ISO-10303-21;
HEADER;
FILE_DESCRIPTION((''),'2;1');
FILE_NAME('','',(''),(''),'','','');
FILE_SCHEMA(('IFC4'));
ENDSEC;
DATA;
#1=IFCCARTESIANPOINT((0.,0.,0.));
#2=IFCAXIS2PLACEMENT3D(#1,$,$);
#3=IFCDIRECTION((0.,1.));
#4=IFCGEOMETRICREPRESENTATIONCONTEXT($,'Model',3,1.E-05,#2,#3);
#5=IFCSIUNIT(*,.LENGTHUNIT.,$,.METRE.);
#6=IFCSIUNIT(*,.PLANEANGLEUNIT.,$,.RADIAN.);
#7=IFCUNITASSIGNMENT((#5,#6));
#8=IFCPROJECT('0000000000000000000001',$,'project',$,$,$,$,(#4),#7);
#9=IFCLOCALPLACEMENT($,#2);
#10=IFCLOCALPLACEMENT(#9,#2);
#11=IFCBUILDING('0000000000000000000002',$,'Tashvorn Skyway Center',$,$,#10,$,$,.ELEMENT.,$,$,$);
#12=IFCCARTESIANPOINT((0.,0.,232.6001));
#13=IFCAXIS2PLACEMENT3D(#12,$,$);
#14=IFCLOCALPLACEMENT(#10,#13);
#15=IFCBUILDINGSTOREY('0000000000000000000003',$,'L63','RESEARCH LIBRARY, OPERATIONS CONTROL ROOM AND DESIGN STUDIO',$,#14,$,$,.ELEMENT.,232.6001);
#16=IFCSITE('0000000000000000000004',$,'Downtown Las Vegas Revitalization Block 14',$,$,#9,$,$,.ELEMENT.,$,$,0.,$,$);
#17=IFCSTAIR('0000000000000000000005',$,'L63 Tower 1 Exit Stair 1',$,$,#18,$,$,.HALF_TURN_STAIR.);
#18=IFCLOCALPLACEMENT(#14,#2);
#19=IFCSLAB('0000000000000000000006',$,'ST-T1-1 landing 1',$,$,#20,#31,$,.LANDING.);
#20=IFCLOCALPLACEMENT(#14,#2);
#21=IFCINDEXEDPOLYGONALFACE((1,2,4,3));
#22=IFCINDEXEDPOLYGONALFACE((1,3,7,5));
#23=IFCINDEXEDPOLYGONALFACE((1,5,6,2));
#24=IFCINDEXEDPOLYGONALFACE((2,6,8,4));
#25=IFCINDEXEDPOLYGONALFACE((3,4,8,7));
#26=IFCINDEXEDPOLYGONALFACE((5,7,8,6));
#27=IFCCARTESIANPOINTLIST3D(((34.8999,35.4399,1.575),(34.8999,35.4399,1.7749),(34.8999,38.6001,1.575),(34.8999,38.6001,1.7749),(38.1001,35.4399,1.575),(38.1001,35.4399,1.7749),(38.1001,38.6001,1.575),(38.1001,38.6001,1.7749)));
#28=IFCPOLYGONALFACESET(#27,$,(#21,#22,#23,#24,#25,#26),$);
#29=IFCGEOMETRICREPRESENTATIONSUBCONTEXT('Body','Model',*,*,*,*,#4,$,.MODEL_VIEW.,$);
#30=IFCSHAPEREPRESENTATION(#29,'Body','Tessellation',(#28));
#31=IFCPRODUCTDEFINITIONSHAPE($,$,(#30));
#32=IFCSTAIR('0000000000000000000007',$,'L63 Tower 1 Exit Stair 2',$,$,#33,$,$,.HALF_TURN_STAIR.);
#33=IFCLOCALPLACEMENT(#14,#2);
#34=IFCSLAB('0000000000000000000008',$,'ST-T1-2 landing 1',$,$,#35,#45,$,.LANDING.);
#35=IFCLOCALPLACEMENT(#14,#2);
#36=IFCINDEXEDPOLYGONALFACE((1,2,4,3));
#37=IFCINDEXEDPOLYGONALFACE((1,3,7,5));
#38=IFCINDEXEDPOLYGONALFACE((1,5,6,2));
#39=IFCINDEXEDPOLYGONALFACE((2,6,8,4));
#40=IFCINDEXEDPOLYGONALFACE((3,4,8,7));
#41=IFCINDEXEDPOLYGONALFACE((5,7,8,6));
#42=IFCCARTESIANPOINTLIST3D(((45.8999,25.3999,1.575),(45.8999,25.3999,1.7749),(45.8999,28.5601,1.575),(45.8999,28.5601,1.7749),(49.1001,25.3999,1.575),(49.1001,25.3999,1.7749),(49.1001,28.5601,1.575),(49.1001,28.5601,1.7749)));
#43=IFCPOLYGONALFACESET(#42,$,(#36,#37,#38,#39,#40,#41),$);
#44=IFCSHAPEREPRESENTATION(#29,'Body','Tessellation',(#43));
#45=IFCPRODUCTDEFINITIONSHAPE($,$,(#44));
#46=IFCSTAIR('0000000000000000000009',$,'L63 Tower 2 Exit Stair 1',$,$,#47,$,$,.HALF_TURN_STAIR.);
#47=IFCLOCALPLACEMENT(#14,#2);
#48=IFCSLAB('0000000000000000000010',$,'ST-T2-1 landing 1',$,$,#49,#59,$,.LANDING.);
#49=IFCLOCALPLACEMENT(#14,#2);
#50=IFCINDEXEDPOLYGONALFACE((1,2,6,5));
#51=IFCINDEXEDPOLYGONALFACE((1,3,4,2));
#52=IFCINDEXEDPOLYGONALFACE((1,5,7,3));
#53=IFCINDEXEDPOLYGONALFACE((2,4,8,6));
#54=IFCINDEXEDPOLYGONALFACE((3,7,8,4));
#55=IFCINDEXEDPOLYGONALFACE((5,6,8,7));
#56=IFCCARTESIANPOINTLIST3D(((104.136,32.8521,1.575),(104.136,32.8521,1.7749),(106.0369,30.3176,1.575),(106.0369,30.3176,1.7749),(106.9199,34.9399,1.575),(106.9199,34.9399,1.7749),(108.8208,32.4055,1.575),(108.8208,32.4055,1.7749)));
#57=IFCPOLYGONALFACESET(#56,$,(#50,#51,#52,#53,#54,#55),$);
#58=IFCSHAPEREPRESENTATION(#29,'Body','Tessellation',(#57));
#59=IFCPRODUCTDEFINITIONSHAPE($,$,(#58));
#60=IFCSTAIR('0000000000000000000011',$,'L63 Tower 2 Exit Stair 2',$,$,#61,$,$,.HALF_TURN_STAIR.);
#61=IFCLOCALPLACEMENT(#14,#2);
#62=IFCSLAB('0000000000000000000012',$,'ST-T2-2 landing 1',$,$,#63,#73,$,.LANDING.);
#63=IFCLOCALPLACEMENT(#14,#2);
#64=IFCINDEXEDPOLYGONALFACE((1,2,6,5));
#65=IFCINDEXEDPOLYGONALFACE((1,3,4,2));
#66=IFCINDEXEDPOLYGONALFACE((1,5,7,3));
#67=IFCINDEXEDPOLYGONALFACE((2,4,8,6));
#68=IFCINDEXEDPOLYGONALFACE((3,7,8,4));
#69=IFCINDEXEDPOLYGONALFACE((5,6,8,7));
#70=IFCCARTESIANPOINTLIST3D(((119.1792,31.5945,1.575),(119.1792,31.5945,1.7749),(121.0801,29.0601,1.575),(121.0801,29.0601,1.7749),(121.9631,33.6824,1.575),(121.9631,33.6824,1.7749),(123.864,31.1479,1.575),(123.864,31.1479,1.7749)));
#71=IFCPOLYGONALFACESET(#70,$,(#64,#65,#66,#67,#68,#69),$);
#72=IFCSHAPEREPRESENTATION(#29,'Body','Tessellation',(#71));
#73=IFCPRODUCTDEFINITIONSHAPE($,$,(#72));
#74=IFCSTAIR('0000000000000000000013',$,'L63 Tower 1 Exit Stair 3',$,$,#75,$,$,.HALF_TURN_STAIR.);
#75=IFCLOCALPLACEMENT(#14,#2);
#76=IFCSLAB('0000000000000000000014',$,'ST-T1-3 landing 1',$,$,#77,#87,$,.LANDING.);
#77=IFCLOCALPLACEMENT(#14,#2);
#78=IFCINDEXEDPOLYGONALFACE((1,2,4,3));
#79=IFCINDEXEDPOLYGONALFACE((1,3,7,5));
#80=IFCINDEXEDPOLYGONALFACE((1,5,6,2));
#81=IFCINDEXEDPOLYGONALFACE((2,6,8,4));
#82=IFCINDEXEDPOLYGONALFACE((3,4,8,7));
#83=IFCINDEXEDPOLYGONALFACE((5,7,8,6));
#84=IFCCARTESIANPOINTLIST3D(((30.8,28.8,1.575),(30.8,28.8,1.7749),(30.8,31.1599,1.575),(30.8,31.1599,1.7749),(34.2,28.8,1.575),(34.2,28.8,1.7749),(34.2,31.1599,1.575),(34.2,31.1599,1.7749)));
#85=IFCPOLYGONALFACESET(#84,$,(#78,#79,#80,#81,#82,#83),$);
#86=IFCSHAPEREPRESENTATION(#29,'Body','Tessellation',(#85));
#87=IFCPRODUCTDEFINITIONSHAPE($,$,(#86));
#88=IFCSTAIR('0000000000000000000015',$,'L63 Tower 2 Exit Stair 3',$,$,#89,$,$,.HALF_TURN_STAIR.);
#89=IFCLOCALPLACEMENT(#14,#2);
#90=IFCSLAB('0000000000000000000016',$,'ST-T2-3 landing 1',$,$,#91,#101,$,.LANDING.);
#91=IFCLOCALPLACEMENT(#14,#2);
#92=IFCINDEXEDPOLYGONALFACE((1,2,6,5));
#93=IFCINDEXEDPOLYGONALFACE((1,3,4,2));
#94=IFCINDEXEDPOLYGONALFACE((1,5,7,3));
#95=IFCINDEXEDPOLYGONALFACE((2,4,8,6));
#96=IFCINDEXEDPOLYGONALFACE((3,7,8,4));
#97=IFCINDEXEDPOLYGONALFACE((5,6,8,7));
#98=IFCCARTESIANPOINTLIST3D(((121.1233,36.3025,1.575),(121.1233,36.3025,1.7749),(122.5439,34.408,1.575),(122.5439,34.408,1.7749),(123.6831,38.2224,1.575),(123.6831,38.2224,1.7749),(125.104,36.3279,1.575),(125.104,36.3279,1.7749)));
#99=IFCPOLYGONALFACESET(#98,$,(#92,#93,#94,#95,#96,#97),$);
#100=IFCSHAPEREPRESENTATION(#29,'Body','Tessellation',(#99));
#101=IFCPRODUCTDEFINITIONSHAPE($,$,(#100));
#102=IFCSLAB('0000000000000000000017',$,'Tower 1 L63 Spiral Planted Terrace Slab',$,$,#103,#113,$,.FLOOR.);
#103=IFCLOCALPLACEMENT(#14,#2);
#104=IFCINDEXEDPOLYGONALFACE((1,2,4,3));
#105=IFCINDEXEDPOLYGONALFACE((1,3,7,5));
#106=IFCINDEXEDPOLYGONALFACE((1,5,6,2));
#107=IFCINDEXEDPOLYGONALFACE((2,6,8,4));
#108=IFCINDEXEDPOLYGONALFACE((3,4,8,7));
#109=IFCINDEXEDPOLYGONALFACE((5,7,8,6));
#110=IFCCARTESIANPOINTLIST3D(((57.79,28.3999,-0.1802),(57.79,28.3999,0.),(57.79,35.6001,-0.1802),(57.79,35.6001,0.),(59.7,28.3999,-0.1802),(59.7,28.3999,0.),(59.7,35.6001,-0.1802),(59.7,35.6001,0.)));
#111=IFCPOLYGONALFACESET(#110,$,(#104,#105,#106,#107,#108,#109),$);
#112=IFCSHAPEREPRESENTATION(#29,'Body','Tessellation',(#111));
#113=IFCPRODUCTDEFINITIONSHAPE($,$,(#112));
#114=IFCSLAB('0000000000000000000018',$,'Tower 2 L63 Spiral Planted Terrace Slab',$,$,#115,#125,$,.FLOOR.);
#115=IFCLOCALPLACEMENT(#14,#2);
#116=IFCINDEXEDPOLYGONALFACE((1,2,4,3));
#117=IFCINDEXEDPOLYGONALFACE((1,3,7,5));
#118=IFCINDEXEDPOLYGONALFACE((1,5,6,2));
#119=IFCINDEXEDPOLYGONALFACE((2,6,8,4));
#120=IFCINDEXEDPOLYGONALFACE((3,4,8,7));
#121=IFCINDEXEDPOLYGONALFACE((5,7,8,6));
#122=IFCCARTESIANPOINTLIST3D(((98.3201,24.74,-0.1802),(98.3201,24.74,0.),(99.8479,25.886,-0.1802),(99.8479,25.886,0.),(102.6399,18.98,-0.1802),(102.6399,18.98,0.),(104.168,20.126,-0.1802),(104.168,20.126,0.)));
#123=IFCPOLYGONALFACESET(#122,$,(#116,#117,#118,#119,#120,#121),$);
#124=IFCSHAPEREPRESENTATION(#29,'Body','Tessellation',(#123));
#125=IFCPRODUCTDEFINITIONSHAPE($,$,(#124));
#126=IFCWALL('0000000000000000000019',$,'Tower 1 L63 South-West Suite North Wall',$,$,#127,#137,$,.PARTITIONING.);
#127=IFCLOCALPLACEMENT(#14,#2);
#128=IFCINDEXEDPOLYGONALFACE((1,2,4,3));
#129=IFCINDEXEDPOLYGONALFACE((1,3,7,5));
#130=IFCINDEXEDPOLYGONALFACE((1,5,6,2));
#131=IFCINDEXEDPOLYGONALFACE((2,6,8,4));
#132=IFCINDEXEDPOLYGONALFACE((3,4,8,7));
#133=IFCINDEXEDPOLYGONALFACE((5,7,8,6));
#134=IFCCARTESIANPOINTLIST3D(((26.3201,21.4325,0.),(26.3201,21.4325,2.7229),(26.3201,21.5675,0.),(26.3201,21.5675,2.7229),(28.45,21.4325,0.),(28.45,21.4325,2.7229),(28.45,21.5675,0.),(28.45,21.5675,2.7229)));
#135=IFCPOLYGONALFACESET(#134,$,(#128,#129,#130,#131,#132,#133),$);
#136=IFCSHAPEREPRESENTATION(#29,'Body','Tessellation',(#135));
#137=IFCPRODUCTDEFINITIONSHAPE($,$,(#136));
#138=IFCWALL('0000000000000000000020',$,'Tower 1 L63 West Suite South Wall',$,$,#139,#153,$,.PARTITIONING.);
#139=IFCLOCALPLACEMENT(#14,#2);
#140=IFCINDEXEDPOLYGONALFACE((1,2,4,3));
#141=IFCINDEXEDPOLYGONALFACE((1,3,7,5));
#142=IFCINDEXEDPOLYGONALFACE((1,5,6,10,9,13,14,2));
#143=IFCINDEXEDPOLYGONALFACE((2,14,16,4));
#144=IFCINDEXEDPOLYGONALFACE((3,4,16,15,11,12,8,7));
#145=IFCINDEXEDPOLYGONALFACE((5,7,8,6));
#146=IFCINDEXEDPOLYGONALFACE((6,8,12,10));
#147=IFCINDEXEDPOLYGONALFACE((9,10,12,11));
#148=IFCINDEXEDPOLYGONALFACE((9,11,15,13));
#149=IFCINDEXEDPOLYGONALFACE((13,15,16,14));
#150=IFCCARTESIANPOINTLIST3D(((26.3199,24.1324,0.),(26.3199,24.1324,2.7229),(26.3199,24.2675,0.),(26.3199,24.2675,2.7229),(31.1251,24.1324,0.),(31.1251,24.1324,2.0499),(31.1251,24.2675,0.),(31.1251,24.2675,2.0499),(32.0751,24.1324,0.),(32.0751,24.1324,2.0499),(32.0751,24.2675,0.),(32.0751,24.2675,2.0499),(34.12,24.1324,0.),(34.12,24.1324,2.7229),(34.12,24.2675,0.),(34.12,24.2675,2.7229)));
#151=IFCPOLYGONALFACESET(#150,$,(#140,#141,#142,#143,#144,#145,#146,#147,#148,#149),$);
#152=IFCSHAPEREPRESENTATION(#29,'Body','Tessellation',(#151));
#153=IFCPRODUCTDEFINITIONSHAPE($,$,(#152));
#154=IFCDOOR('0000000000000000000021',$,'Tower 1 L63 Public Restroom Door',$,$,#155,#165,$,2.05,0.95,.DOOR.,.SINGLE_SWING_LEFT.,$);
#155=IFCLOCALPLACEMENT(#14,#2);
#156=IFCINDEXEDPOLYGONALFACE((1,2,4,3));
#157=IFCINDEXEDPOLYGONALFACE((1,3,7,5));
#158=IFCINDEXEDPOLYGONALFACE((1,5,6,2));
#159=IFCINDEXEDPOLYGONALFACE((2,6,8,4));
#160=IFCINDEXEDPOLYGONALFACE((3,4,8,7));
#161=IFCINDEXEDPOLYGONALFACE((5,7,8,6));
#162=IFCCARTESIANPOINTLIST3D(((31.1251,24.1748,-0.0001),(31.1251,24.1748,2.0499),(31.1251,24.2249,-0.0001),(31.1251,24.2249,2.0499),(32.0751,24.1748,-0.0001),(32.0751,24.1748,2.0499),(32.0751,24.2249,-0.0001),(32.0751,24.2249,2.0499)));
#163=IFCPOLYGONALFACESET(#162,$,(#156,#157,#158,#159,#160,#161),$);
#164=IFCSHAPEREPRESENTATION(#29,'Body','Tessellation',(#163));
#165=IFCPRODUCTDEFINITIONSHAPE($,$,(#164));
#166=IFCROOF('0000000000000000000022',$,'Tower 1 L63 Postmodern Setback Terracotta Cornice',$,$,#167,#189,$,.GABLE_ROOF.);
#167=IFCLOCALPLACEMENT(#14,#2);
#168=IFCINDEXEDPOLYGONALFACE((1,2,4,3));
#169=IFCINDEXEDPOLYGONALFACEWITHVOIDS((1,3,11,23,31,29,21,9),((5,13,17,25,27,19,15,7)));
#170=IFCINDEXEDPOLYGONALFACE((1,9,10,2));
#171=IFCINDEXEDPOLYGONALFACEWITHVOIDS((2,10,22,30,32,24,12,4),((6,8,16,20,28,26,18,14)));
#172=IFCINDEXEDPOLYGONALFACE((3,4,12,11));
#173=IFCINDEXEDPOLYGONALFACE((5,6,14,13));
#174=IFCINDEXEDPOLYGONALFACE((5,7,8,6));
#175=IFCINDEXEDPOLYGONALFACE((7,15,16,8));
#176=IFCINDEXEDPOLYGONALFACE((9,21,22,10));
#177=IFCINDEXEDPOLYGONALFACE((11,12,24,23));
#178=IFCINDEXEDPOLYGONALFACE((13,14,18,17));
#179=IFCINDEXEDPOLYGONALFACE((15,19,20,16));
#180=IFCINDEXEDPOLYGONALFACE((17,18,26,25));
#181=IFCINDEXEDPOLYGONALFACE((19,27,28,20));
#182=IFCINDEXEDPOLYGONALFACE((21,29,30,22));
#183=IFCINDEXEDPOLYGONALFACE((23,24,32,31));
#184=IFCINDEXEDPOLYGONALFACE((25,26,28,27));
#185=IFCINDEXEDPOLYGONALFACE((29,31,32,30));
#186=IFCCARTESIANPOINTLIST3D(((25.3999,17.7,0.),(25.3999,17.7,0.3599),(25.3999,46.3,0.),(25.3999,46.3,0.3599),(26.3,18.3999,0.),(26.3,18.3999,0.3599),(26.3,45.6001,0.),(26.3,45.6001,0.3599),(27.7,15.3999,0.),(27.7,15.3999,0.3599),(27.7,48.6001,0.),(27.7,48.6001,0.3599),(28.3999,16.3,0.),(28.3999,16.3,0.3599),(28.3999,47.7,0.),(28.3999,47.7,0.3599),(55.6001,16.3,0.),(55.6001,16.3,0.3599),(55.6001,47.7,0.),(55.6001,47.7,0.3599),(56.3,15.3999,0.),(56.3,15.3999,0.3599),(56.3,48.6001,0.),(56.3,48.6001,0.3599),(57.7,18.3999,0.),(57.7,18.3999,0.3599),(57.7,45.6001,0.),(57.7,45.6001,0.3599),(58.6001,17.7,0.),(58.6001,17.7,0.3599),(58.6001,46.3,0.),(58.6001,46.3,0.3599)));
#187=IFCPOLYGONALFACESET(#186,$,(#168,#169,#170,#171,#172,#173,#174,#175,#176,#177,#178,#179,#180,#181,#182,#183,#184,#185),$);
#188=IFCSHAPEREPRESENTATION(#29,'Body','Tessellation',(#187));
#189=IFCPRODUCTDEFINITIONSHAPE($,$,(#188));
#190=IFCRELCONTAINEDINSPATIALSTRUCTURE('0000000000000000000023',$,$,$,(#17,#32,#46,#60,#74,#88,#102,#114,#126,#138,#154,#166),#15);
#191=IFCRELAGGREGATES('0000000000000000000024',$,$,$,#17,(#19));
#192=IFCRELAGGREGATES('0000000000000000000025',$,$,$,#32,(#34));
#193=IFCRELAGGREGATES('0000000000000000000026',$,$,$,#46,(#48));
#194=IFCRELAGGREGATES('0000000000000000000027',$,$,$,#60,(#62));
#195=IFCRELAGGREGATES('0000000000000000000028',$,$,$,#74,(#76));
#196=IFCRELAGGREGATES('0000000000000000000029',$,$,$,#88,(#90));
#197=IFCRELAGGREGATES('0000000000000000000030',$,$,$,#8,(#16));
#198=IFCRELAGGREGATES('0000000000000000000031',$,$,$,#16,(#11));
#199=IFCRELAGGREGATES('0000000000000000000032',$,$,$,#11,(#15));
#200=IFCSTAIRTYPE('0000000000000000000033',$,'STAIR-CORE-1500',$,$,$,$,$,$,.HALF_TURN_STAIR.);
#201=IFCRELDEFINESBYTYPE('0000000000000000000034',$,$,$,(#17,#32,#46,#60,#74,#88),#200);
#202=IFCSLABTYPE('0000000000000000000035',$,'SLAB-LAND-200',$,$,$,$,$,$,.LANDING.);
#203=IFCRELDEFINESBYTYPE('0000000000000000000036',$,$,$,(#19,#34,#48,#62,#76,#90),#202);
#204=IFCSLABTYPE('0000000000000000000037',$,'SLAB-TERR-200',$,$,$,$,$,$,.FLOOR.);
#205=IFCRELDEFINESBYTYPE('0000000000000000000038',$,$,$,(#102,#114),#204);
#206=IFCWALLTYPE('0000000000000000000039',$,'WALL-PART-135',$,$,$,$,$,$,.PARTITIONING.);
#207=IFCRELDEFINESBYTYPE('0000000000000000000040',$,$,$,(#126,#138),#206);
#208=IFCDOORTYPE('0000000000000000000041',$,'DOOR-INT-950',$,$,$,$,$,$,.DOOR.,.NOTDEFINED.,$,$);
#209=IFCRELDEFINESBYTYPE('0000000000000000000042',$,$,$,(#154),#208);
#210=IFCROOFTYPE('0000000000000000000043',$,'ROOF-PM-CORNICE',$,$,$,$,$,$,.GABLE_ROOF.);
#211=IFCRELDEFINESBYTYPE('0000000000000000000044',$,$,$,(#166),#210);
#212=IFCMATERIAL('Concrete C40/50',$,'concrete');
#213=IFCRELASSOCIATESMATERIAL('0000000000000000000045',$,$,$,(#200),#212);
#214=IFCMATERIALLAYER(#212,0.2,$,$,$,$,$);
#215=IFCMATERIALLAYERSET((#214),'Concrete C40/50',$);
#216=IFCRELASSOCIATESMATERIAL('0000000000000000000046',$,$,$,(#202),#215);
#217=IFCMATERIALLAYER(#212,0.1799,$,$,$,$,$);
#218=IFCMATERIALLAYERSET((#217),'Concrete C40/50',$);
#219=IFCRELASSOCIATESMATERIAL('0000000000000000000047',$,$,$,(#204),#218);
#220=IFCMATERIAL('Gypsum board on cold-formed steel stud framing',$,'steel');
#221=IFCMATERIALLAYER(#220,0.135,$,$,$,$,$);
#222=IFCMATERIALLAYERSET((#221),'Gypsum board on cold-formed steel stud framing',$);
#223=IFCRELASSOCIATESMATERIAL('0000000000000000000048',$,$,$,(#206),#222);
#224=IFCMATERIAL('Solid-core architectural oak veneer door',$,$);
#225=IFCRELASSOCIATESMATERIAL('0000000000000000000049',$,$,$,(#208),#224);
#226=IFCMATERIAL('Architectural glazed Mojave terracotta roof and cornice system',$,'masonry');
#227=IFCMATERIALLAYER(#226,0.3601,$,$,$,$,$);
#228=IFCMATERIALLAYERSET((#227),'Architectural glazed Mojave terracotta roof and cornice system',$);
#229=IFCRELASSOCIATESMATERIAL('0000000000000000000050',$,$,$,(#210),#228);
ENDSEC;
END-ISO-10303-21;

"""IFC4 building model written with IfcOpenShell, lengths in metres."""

from ifc_helpers import new_model, si_unit, direction, frame, frame_2d, origin, place, context, subcontext, project, spatial, polyline, rectangle, outline, extrude, material, layer, layer_set, type_object, element, fill, aggregate, save


model = new_model("IFC4")

# Units and contexts
model_context = context("Model", 3, precision=1e-05, world=origin(), true_north=direction((0.0, 1.0)))
body_context = subcontext(model_context, "Body", "Model", "MODEL_VIEW")
ifc_project = project(units=[si_unit("LENGTHUNIT", "METRE"), si_unit("PLANEANGLEUNIT", "RADIAN")], contexts=[model_context])

# Site, building, storey
site_placement = place(None, origin())
site = spatial("IfcSite", under=ifc_project, at=site_placement, Name="Downtown Las Vegas Revitalization Block 14", CompositionType="ELEMENT", RefElevation=0.0)
building_placement = place(site_placement, origin())
building = spatial("IfcBuilding", under=site, at=building_placement, Name="Tashvorn Skyway Center", CompositionType="ELEMENT")
storey_placement = place(building_placement, frame((0.0, 0.0, 232.6001)))
storey = spatial("IfcBuildingStorey", under=building, at=storey_placement, Name="L63", Description="RESEARCH LIBRARY, OPERATIONS CONTROL ROOM AND DESIGN STUDIO", CompositionType="ELEMENT", Elevation=232.6001)

# Shared definitions
ifc_material_1 = material(Name="Concrete C40/50", Category="concrete")

# Stairs, slabs
stair_type = type_object("IfcStairType", Name="STAIR-CORE-1500", PredefinedType="HALF_TURN_STAIR", material=ifc_material_1)
stair_1_placement = place(storey_placement, origin())
stair_1 = element("IfcStair", 1, at=stair_1_placement, inside=storey, type_object=stair_type, Name="L63 Tower 1 Exit Stair 1", PredefinedType="HALF_TURN_STAIR")
ifc_layer_1 = layer(ifc_material_1, 0.2)
ifc_layer_set_1 = layer_set([ifc_layer_1], Name="Concrete C40/50")
slab_type_1 = type_object("IfcSlabType", Name="SLAB-LAND-200", PredefinedType="LANDING", material=ifc_layer_set_1)
slab_1_placement = place(storey_placement, frame((0.0, 0.0, 1.575)))
slab_1 = element("IfcSlab", 2, at=slab_1_placement, type_object=slab_type_1, Name="ST-T1-1 landing 1", PredefinedType="LANDING", context=body_context, shape_type="SweptSolid", body=[
    extrude(outline(polyline([(38.1001, 35.4399), (38.1001, 38.6001), (34.8999, 38.6001), (34.8999, 35.4399), (38.1001, 35.4399)])), origin(), (0.0, 0.0, 1.0), 0.2),
])
aggregate(stair_1, [slab_1])
stair_2_placement = place(storey_placement, origin())
stair_2 = element("IfcStair", 3, at=stair_2_placement, inside=storey, type_object=stair_type, Name="L63 Tower 1 Exit Stair 2", PredefinedType="HALF_TURN_STAIR")
slab_2_placement = place(storey_placement, frame((0.0, 0.0, 1.575)))
slab_2 = element("IfcSlab", 4, at=slab_2_placement, type_object=slab_type_1, Name="ST-T1-2 landing 1", PredefinedType="LANDING", context=body_context, shape_type="SweptSolid", body=[
    extrude(outline(polyline([(45.8999, 28.5601), (45.8999, 25.3999), (49.1001, 25.3999), (49.1001, 28.5601), (45.8999, 28.5601)])), origin(), (0.0, 0.0, 1.0), 0.2),
])
aggregate(stair_2, [slab_2])
stair_3_placement = place(storey_placement, origin())
stair_3 = element("IfcStair", 5, at=stair_3_placement, inside=storey, type_object=stair_type, Name="L63 Tower 2 Exit Stair 1", PredefinedType="HALF_TURN_STAIR")
slab_3_placement = place(storey_placement, frame((0.0, 0.0, 1.575)))
slab_3 = element("IfcSlab", 6, at=slab_3_placement, type_object=slab_type_1, Name="ST-T2-1 landing 1", PredefinedType="LANDING", context=body_context, shape_type="SweptSolid", body=[
    extrude(outline(polyline([(108.8208, 32.4055), (106.9199, 34.9399), (104.136, 32.8521), (106.0369, 30.3176), (108.8208, 32.4055)])), origin(), (0.0, 0.0, 1.0), 0.2),
])
aggregate(stair_3, [slab_3])
stair_4_placement = place(storey_placement, origin())
stair_4 = element("IfcStair", 7, at=stair_4_placement, inside=storey, type_object=stair_type, Name="L63 Tower 2 Exit Stair 2", PredefinedType="HALF_TURN_STAIR")
slab_4_placement = place(storey_placement, frame((0.0, 0.0, 1.575)))
slab_4 = element("IfcSlab", 8, at=slab_4_placement, type_object=slab_type_1, Name="ST-T2-2 landing 1", PredefinedType="LANDING", context=body_context, shape_type="SweptSolid", body=[
    extrude(outline(polyline([(119.1792, 31.5945), (121.0801, 29.0601), (123.864, 31.1479), (121.9631, 33.6824), (119.1792, 31.5945)])), origin(), (0.0, 0.0, 1.0), 0.2),
])
aggregate(stair_4, [slab_4])
stair_5_placement = place(storey_placement, origin())
stair_5 = element("IfcStair", 9, at=stair_5_placement, inside=storey, type_object=stair_type, Name="L63 Tower 1 Exit Stair 3", PredefinedType="HALF_TURN_STAIR")
slab_5_placement = place(storey_placement, frame((0.0, 0.0, 1.575)))
slab_5 = element("IfcSlab", 10, at=slab_5_placement, type_object=slab_type_1, Name="ST-T1-3 landing 1", PredefinedType="LANDING", context=body_context, shape_type="SweptSolid", body=[
    extrude(outline(polyline([(30.8, 31.1599), (30.8, 28.8), (34.2, 28.8), (34.2, 31.1599), (30.8, 31.1599)])), origin(), (0.0, 0.0, 1.0), 0.2),
])
aggregate(stair_5, [slab_5])
stair_6_placement = place(storey_placement, origin())
stair_6 = element("IfcStair", 11, at=stair_6_placement, inside=storey, type_object=stair_type, Name="L63 Tower 2 Exit Stair 3", PredefinedType="HALF_TURN_STAIR")
slab_6_placement = place(storey_placement, frame((0.0, 0.0, 1.575)))
slab_6 = element("IfcSlab", 12, at=slab_6_placement, type_object=slab_type_1, Name="ST-T2-3 landing 1", PredefinedType="LANDING", context=body_context, shape_type="SweptSolid", body=[
    extrude(outline(polyline([(121.1233, 36.3025), (122.5439, 34.408), (125.104, 36.3279), (123.6831, 38.2224), (121.1233, 36.3025)])), origin(), (0.0, 0.0, 1.0), 0.2),
])
aggregate(stair_6, [slab_6])

# Slabs
ifc_layer_2 = layer(ifc_material_1, 0.1799)
ifc_layer_set_2 = layer_set([ifc_layer_2], Name="Concrete C40/50")
slab_type_2 = type_object("IfcSlabType", Name="SLAB-TERR-200", PredefinedType="FLOOR", material=ifc_layer_set_2)
slab_7_placement = place(storey_placement, frame((0.0, 0.0, -0.1802)))
element("IfcSlab", 13, at=slab_7_placement, inside=storey, type_object=slab_type_2, Name="Tower 1 L63 Spiral Planted Terrace Slab", PredefinedType="FLOOR", context=body_context, shape_type="SweptSolid", body=[
    extrude(outline(polyline([(57.79, 28.3999), (59.7, 28.3999), (59.7, 35.6001), (57.79, 35.6001), (57.79, 28.3999)])), origin(), (0.0, 0.0, 1.0), 0.1802),
])
slab_8_placement = place(storey_placement, frame((0.0, 0.0, -0.1802)))
element("IfcSlab", 14, at=slab_8_placement, inside=storey, type_object=slab_type_2, Name="Tower 2 L63 Spiral Planted Terrace Slab", PredefinedType="FLOOR", context=body_context, shape_type="SweptSolid", body=[
    extrude(outline(polyline([(102.6399, 18.98), (104.168, 20.126), (99.8479, 25.886), (98.3201, 24.74), (102.6399, 18.98)])), origin(), (0.0, 0.0, 1.0), 0.1802),
])

# Wall
ifc_material_2 = material(Name="Gypsum board on cold-formed steel stud framing", Category="steel")
ifc_layer_3 = layer(ifc_material_2, 0.135)
ifc_layer_set_3 = layer_set([ifc_layer_3], Name="Gypsum board on cold-formed steel stud framing")
wall_type = type_object("IfcWallType", Name="WALL-PART-135", PredefinedType="PARTITIONING", material=ifc_layer_set_3)
wall_1_placement = place(storey_placement, frame((26.3201, 21.5, 0.0), z_axis=(0.0, 0.0, 1.0), x_axis=(1.0, 0.0, 0.0)))
element("IfcWall", 15, at=wall_1_placement, inside=storey, type_object=wall_type, Name="Tower 1 L63 South-West Suite North Wall", PredefinedType="PARTITIONING", context=body_context, shape_type="SweptSolid", body=[
    extrude(rectangle(XDim=2.1299, YDim=0.135, at=frame_2d((1.0649, 0.0))), origin(), (0.0, 0.0, 1.0), 2.7229),
])

# Wall, opening, door
wall_2_placement = place(storey_placement, frame((26.3201, 24.2, 0.0), z_axis=(0.0, 0.0, 1.0), x_axis=(1.0, 0.0, 0.0)))
wall_2 = element("IfcWall", 16, at=wall_2_placement, inside=storey, type_object=wall_type, Name="Tower 1 L63 West Suite South Wall", PredefinedType="PARTITIONING", context=body_context, shape_type="SweptSolid", body=[
    extrude(rectangle(XDim=7.8, YDim=0.135, at=frame_2d((3.8999, 0.0))), origin(), (0.0, 0.0, 1.0), 2.7229),
])
opening_placement = place(wall_2_placement, frame((4.8049, 0.0, 0.0)))
opening = element("IfcOpeningElement", 17, at=opening_placement, cuts=wall_2, PredefinedType="OPENING", context=body_context, shape_type="SweptSolid", body=[
    extrude(rectangle(XDim=0.95, YDim=2.05, at=frame_2d((0.4751, 1.0249))), frame((0.0, 0.0774, 0.0), z_axis=(0.0, -1.0, 0.0), x_axis=(1.0, 0.0, 0.0)), (0.0, 0.0, 1.0), 0.155),
])
ifc_material_3 = material(Name="Solid-core architectural oak veneer door")
door_type = type_object("IfcDoorType", Name="DOOR-INT-950", OperationType="NOTDEFINED", PredefinedType="DOOR", material=ifc_material_3)
door_placement = place(opening_placement, origin())
door = element("IfcDoor", 18, at=door_placement, inside=storey, type_object=door_type, Name="Tower 1 L63 Public Restroom Door", OperationType="SINGLE_SWING_LEFT", OverallHeight=2.05, OverallWidth=0.95, PredefinedType="DOOR", context=body_context, shape_type="SweptSolid", body=[
    extrude(rectangle(XDim=0.95, YDim=2.05, at=frame_2d((0.4751, 1.0249))), frame((0.0, 0.0249, 0.0), z_axis=(0.0, -1.0, 0.0), x_axis=(1.0, 0.0, 0.0)), (0.0, 0.0, 1.0), 0.05),
])
fill(opening, door)

# Roof
ifc_material_4 = material(Name="Architectural glazed Mojave terracotta roof and cornice system", Category="masonry")
ifc_layer_4 = layer(ifc_material_4, 0.3601)
ifc_layer_set_4 = layer_set([ifc_layer_4], Name="Architectural glazed Mojave terracotta roof and cornice system")
roof_type = type_object("IfcRoofType", Name="ROOF-PM-CORNICE", PredefinedType="GABLE_ROOF", material=ifc_layer_set_4)
roof_1_placement = place(storey_placement, origin())
element("IfcRoof", 19, at=roof_1_placement, inside=storey, type_object=roof_type, Name="Tower 1 L63 Postmodern Setback Terracotta Cornice", PredefinedType="GABLE_ROOF", context=body_context, shape_type="SweptSolid", body=[
    extrude(outline(polyline([(27.7, 15.3999), (56.3, 15.3999), (58.6001, 17.7), (58.6001, 46.3), (56.3, 48.6001), (27.7, 48.6001), (25.3999, 46.3), (25.3999, 17.7), (27.7, 15.3999)]), holes=[polyline([(28.3999, 16.3), (55.6001, 16.3), (57.7, 18.3999), (57.7, 45.6001), (55.6001, 47.7), (28.3999, 47.7), (26.3, 45.6001), (26.3, 18.3999), (28.3999, 16.3)])]), origin(), (0.0, 0.0, 1.0), 0.3599),
])

save(model, "model.ifc")
